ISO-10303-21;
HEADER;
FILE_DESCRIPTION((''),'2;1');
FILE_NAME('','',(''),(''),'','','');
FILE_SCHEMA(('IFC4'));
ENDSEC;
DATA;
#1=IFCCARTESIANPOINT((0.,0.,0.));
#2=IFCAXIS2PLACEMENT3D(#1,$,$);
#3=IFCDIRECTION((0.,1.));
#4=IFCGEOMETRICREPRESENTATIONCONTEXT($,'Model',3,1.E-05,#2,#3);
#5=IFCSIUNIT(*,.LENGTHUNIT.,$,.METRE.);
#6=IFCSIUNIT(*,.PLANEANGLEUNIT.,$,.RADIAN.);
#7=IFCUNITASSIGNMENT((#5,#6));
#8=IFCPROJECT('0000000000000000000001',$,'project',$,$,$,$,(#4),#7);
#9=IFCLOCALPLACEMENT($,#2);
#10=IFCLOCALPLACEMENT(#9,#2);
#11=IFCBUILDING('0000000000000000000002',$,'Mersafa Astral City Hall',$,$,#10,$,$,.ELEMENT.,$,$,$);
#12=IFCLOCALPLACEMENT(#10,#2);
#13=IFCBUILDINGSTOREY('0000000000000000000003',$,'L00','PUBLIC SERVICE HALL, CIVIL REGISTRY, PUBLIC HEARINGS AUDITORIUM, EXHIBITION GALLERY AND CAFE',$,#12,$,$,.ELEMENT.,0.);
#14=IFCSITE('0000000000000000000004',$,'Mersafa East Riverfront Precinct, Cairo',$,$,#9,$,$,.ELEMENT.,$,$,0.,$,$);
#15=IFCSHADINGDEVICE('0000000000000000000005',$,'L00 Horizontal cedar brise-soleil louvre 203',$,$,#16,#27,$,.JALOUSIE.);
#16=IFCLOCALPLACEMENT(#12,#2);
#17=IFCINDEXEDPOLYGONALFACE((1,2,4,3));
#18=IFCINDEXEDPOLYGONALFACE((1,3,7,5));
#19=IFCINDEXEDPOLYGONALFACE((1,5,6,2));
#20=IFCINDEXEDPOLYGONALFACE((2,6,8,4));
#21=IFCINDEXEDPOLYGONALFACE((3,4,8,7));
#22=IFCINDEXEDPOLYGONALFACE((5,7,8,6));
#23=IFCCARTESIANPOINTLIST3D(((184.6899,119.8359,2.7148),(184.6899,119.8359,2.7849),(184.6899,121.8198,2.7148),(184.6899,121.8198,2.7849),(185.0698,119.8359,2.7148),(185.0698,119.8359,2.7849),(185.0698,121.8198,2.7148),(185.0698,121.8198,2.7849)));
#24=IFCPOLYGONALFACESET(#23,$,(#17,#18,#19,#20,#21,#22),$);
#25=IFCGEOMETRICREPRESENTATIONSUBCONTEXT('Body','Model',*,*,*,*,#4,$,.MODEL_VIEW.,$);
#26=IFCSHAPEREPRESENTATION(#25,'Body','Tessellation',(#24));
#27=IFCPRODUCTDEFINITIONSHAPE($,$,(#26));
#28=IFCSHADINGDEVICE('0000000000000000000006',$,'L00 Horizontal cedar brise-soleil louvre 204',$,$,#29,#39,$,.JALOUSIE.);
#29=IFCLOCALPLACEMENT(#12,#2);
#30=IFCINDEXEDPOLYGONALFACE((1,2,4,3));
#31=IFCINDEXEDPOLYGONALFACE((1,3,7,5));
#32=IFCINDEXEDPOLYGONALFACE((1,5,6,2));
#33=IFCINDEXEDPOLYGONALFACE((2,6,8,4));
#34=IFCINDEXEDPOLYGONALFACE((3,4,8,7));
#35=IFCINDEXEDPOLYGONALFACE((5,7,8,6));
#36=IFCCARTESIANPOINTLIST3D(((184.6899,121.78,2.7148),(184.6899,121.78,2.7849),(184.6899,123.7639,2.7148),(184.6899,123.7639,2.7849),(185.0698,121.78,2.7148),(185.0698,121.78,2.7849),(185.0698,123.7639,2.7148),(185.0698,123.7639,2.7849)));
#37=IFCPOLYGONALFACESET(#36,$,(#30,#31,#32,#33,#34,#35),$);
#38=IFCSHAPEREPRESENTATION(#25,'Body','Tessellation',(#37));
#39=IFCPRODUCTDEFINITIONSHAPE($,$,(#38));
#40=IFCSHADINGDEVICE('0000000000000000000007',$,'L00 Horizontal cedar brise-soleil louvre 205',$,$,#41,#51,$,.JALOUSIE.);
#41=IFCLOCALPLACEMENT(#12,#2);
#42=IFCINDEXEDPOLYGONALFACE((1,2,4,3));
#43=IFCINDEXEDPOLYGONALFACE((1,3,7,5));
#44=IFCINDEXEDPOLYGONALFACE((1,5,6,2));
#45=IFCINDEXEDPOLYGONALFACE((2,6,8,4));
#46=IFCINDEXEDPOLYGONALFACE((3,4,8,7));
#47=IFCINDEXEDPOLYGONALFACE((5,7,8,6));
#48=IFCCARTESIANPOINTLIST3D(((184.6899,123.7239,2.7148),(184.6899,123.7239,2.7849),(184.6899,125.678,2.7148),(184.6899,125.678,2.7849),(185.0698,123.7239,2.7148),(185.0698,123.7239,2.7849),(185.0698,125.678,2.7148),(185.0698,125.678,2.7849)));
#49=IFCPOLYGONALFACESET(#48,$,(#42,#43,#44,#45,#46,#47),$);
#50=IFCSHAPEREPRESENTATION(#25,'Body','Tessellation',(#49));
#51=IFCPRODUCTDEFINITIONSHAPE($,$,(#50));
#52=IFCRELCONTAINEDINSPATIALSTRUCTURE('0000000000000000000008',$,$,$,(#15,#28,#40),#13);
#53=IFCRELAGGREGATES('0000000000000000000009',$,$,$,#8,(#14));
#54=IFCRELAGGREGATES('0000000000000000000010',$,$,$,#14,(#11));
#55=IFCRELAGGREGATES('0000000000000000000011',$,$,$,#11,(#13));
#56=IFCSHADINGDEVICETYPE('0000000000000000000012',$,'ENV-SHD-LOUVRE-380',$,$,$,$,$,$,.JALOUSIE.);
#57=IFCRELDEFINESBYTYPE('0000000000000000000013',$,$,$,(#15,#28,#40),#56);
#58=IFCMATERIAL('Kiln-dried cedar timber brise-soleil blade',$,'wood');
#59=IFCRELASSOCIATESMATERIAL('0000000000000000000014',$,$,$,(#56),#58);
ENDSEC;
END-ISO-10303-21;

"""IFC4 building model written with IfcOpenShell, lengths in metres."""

from ifc_helpers import new_model, si_unit, direction, frame, origin, origin_2d, place, context, subcontext, project, spatial, rectangle, extrude, material, type_object, element, save


model = new_model("IFC4")

# Units and contexts
model_context = context("Model", 3, precision=1e-05, world=origin(), true_north=direction((0.0, 1.0)))
body_context = subcontext(model_context, "Body", "Model", "MODEL_VIEW")
ifc_project = project(units=[si_unit("LENGTHUNIT", "METRE"), si_unit("PLANEANGLEUNIT", "RADIAN")], contexts=[model_context])

# Site, building, storey
site_placement = place(None, origin())
site = spatial("IfcSite", under=ifc_project, at=site_placement, Name="Mersafa East Riverfront Precinct, Cairo", CompositionType="ELEMENT", RefElevation=0.0)
building_placement = place(site_placement, origin())
building = spatial("IfcBuilding", under=site, at=building_placement, Name="Mersafa Astral City Hall", CompositionType="ELEMENT")
storey_placement = place(building_placement, origin())
storey = spatial("IfcBuildingStorey", under=building, at=storey_placement, Name="L00", Description="PUBLIC SERVICE HALL, CIVIL REGISTRY, PUBLIC HEARINGS AUDITORIUM, EXHIBITION GALLERY AND CAFE", CompositionType="ELEMENT", Elevation=0.0)

# Shading devices
ifc_material_1 = material(Name="Kiln-dried cedar timber brise-soleil blade", Category="wood")
shading_device_type = type_object("IfcShadingDeviceType", Name="ENV-SHD-LOUVRE-380", PredefinedType="JALOUSIE", material=ifc_material_1)
for number, where, z_axis, x_axis, name in (
    (1, (184.8799, 120.8279, 2.7148), (0.0, 0.0, 1.0), (0.0, 1.0, 0.0), "L00 Horizontal cedar brise-soleil louvre 203"),
    (2, (184.8799, 122.772, 2.7148), (0.0, 0.0, 1.0), (0.0, 1.0, 0.0), "L00 Horizontal cedar brise-soleil louvre 204"),
):
    element("IfcShadingDevice", number, at=place(storey_placement, frame(where, z_axis=z_axis, x_axis=x_axis)), inside=storey, type_object=shading_device_type, Name=name, PredefinedType="JALOUSIE", context=body_context, shape_type="SweptSolid", body=[
        extrude(rectangle(XDim=1.9839, YDim=0.3799, at=origin_2d()), origin(), (0.0, 0.0, 1.0), 0.0701),
    ])
shading_device_1_placement = place(storey_placement, frame((184.8799, 124.7009, 2.7148), z_axis=(0.0, 0.0, 1.0), x_axis=(0.0, 1.0, 0.0)))
element("IfcShadingDevice", 3, at=shading_device_1_placement, inside=storey, type_object=shading_device_type, Name="L00 Horizontal cedar brise-soleil louvre 205", PredefinedType="JALOUSIE", context=body_context, shape_type="SweptSolid", body=[
    extrude(rectangle(XDim=1.9541, YDim=0.3799, at=origin_2d()), origin(), (0.0, 0.0, 1.0), 0.0701),
])

save(model, "model.ifc")
